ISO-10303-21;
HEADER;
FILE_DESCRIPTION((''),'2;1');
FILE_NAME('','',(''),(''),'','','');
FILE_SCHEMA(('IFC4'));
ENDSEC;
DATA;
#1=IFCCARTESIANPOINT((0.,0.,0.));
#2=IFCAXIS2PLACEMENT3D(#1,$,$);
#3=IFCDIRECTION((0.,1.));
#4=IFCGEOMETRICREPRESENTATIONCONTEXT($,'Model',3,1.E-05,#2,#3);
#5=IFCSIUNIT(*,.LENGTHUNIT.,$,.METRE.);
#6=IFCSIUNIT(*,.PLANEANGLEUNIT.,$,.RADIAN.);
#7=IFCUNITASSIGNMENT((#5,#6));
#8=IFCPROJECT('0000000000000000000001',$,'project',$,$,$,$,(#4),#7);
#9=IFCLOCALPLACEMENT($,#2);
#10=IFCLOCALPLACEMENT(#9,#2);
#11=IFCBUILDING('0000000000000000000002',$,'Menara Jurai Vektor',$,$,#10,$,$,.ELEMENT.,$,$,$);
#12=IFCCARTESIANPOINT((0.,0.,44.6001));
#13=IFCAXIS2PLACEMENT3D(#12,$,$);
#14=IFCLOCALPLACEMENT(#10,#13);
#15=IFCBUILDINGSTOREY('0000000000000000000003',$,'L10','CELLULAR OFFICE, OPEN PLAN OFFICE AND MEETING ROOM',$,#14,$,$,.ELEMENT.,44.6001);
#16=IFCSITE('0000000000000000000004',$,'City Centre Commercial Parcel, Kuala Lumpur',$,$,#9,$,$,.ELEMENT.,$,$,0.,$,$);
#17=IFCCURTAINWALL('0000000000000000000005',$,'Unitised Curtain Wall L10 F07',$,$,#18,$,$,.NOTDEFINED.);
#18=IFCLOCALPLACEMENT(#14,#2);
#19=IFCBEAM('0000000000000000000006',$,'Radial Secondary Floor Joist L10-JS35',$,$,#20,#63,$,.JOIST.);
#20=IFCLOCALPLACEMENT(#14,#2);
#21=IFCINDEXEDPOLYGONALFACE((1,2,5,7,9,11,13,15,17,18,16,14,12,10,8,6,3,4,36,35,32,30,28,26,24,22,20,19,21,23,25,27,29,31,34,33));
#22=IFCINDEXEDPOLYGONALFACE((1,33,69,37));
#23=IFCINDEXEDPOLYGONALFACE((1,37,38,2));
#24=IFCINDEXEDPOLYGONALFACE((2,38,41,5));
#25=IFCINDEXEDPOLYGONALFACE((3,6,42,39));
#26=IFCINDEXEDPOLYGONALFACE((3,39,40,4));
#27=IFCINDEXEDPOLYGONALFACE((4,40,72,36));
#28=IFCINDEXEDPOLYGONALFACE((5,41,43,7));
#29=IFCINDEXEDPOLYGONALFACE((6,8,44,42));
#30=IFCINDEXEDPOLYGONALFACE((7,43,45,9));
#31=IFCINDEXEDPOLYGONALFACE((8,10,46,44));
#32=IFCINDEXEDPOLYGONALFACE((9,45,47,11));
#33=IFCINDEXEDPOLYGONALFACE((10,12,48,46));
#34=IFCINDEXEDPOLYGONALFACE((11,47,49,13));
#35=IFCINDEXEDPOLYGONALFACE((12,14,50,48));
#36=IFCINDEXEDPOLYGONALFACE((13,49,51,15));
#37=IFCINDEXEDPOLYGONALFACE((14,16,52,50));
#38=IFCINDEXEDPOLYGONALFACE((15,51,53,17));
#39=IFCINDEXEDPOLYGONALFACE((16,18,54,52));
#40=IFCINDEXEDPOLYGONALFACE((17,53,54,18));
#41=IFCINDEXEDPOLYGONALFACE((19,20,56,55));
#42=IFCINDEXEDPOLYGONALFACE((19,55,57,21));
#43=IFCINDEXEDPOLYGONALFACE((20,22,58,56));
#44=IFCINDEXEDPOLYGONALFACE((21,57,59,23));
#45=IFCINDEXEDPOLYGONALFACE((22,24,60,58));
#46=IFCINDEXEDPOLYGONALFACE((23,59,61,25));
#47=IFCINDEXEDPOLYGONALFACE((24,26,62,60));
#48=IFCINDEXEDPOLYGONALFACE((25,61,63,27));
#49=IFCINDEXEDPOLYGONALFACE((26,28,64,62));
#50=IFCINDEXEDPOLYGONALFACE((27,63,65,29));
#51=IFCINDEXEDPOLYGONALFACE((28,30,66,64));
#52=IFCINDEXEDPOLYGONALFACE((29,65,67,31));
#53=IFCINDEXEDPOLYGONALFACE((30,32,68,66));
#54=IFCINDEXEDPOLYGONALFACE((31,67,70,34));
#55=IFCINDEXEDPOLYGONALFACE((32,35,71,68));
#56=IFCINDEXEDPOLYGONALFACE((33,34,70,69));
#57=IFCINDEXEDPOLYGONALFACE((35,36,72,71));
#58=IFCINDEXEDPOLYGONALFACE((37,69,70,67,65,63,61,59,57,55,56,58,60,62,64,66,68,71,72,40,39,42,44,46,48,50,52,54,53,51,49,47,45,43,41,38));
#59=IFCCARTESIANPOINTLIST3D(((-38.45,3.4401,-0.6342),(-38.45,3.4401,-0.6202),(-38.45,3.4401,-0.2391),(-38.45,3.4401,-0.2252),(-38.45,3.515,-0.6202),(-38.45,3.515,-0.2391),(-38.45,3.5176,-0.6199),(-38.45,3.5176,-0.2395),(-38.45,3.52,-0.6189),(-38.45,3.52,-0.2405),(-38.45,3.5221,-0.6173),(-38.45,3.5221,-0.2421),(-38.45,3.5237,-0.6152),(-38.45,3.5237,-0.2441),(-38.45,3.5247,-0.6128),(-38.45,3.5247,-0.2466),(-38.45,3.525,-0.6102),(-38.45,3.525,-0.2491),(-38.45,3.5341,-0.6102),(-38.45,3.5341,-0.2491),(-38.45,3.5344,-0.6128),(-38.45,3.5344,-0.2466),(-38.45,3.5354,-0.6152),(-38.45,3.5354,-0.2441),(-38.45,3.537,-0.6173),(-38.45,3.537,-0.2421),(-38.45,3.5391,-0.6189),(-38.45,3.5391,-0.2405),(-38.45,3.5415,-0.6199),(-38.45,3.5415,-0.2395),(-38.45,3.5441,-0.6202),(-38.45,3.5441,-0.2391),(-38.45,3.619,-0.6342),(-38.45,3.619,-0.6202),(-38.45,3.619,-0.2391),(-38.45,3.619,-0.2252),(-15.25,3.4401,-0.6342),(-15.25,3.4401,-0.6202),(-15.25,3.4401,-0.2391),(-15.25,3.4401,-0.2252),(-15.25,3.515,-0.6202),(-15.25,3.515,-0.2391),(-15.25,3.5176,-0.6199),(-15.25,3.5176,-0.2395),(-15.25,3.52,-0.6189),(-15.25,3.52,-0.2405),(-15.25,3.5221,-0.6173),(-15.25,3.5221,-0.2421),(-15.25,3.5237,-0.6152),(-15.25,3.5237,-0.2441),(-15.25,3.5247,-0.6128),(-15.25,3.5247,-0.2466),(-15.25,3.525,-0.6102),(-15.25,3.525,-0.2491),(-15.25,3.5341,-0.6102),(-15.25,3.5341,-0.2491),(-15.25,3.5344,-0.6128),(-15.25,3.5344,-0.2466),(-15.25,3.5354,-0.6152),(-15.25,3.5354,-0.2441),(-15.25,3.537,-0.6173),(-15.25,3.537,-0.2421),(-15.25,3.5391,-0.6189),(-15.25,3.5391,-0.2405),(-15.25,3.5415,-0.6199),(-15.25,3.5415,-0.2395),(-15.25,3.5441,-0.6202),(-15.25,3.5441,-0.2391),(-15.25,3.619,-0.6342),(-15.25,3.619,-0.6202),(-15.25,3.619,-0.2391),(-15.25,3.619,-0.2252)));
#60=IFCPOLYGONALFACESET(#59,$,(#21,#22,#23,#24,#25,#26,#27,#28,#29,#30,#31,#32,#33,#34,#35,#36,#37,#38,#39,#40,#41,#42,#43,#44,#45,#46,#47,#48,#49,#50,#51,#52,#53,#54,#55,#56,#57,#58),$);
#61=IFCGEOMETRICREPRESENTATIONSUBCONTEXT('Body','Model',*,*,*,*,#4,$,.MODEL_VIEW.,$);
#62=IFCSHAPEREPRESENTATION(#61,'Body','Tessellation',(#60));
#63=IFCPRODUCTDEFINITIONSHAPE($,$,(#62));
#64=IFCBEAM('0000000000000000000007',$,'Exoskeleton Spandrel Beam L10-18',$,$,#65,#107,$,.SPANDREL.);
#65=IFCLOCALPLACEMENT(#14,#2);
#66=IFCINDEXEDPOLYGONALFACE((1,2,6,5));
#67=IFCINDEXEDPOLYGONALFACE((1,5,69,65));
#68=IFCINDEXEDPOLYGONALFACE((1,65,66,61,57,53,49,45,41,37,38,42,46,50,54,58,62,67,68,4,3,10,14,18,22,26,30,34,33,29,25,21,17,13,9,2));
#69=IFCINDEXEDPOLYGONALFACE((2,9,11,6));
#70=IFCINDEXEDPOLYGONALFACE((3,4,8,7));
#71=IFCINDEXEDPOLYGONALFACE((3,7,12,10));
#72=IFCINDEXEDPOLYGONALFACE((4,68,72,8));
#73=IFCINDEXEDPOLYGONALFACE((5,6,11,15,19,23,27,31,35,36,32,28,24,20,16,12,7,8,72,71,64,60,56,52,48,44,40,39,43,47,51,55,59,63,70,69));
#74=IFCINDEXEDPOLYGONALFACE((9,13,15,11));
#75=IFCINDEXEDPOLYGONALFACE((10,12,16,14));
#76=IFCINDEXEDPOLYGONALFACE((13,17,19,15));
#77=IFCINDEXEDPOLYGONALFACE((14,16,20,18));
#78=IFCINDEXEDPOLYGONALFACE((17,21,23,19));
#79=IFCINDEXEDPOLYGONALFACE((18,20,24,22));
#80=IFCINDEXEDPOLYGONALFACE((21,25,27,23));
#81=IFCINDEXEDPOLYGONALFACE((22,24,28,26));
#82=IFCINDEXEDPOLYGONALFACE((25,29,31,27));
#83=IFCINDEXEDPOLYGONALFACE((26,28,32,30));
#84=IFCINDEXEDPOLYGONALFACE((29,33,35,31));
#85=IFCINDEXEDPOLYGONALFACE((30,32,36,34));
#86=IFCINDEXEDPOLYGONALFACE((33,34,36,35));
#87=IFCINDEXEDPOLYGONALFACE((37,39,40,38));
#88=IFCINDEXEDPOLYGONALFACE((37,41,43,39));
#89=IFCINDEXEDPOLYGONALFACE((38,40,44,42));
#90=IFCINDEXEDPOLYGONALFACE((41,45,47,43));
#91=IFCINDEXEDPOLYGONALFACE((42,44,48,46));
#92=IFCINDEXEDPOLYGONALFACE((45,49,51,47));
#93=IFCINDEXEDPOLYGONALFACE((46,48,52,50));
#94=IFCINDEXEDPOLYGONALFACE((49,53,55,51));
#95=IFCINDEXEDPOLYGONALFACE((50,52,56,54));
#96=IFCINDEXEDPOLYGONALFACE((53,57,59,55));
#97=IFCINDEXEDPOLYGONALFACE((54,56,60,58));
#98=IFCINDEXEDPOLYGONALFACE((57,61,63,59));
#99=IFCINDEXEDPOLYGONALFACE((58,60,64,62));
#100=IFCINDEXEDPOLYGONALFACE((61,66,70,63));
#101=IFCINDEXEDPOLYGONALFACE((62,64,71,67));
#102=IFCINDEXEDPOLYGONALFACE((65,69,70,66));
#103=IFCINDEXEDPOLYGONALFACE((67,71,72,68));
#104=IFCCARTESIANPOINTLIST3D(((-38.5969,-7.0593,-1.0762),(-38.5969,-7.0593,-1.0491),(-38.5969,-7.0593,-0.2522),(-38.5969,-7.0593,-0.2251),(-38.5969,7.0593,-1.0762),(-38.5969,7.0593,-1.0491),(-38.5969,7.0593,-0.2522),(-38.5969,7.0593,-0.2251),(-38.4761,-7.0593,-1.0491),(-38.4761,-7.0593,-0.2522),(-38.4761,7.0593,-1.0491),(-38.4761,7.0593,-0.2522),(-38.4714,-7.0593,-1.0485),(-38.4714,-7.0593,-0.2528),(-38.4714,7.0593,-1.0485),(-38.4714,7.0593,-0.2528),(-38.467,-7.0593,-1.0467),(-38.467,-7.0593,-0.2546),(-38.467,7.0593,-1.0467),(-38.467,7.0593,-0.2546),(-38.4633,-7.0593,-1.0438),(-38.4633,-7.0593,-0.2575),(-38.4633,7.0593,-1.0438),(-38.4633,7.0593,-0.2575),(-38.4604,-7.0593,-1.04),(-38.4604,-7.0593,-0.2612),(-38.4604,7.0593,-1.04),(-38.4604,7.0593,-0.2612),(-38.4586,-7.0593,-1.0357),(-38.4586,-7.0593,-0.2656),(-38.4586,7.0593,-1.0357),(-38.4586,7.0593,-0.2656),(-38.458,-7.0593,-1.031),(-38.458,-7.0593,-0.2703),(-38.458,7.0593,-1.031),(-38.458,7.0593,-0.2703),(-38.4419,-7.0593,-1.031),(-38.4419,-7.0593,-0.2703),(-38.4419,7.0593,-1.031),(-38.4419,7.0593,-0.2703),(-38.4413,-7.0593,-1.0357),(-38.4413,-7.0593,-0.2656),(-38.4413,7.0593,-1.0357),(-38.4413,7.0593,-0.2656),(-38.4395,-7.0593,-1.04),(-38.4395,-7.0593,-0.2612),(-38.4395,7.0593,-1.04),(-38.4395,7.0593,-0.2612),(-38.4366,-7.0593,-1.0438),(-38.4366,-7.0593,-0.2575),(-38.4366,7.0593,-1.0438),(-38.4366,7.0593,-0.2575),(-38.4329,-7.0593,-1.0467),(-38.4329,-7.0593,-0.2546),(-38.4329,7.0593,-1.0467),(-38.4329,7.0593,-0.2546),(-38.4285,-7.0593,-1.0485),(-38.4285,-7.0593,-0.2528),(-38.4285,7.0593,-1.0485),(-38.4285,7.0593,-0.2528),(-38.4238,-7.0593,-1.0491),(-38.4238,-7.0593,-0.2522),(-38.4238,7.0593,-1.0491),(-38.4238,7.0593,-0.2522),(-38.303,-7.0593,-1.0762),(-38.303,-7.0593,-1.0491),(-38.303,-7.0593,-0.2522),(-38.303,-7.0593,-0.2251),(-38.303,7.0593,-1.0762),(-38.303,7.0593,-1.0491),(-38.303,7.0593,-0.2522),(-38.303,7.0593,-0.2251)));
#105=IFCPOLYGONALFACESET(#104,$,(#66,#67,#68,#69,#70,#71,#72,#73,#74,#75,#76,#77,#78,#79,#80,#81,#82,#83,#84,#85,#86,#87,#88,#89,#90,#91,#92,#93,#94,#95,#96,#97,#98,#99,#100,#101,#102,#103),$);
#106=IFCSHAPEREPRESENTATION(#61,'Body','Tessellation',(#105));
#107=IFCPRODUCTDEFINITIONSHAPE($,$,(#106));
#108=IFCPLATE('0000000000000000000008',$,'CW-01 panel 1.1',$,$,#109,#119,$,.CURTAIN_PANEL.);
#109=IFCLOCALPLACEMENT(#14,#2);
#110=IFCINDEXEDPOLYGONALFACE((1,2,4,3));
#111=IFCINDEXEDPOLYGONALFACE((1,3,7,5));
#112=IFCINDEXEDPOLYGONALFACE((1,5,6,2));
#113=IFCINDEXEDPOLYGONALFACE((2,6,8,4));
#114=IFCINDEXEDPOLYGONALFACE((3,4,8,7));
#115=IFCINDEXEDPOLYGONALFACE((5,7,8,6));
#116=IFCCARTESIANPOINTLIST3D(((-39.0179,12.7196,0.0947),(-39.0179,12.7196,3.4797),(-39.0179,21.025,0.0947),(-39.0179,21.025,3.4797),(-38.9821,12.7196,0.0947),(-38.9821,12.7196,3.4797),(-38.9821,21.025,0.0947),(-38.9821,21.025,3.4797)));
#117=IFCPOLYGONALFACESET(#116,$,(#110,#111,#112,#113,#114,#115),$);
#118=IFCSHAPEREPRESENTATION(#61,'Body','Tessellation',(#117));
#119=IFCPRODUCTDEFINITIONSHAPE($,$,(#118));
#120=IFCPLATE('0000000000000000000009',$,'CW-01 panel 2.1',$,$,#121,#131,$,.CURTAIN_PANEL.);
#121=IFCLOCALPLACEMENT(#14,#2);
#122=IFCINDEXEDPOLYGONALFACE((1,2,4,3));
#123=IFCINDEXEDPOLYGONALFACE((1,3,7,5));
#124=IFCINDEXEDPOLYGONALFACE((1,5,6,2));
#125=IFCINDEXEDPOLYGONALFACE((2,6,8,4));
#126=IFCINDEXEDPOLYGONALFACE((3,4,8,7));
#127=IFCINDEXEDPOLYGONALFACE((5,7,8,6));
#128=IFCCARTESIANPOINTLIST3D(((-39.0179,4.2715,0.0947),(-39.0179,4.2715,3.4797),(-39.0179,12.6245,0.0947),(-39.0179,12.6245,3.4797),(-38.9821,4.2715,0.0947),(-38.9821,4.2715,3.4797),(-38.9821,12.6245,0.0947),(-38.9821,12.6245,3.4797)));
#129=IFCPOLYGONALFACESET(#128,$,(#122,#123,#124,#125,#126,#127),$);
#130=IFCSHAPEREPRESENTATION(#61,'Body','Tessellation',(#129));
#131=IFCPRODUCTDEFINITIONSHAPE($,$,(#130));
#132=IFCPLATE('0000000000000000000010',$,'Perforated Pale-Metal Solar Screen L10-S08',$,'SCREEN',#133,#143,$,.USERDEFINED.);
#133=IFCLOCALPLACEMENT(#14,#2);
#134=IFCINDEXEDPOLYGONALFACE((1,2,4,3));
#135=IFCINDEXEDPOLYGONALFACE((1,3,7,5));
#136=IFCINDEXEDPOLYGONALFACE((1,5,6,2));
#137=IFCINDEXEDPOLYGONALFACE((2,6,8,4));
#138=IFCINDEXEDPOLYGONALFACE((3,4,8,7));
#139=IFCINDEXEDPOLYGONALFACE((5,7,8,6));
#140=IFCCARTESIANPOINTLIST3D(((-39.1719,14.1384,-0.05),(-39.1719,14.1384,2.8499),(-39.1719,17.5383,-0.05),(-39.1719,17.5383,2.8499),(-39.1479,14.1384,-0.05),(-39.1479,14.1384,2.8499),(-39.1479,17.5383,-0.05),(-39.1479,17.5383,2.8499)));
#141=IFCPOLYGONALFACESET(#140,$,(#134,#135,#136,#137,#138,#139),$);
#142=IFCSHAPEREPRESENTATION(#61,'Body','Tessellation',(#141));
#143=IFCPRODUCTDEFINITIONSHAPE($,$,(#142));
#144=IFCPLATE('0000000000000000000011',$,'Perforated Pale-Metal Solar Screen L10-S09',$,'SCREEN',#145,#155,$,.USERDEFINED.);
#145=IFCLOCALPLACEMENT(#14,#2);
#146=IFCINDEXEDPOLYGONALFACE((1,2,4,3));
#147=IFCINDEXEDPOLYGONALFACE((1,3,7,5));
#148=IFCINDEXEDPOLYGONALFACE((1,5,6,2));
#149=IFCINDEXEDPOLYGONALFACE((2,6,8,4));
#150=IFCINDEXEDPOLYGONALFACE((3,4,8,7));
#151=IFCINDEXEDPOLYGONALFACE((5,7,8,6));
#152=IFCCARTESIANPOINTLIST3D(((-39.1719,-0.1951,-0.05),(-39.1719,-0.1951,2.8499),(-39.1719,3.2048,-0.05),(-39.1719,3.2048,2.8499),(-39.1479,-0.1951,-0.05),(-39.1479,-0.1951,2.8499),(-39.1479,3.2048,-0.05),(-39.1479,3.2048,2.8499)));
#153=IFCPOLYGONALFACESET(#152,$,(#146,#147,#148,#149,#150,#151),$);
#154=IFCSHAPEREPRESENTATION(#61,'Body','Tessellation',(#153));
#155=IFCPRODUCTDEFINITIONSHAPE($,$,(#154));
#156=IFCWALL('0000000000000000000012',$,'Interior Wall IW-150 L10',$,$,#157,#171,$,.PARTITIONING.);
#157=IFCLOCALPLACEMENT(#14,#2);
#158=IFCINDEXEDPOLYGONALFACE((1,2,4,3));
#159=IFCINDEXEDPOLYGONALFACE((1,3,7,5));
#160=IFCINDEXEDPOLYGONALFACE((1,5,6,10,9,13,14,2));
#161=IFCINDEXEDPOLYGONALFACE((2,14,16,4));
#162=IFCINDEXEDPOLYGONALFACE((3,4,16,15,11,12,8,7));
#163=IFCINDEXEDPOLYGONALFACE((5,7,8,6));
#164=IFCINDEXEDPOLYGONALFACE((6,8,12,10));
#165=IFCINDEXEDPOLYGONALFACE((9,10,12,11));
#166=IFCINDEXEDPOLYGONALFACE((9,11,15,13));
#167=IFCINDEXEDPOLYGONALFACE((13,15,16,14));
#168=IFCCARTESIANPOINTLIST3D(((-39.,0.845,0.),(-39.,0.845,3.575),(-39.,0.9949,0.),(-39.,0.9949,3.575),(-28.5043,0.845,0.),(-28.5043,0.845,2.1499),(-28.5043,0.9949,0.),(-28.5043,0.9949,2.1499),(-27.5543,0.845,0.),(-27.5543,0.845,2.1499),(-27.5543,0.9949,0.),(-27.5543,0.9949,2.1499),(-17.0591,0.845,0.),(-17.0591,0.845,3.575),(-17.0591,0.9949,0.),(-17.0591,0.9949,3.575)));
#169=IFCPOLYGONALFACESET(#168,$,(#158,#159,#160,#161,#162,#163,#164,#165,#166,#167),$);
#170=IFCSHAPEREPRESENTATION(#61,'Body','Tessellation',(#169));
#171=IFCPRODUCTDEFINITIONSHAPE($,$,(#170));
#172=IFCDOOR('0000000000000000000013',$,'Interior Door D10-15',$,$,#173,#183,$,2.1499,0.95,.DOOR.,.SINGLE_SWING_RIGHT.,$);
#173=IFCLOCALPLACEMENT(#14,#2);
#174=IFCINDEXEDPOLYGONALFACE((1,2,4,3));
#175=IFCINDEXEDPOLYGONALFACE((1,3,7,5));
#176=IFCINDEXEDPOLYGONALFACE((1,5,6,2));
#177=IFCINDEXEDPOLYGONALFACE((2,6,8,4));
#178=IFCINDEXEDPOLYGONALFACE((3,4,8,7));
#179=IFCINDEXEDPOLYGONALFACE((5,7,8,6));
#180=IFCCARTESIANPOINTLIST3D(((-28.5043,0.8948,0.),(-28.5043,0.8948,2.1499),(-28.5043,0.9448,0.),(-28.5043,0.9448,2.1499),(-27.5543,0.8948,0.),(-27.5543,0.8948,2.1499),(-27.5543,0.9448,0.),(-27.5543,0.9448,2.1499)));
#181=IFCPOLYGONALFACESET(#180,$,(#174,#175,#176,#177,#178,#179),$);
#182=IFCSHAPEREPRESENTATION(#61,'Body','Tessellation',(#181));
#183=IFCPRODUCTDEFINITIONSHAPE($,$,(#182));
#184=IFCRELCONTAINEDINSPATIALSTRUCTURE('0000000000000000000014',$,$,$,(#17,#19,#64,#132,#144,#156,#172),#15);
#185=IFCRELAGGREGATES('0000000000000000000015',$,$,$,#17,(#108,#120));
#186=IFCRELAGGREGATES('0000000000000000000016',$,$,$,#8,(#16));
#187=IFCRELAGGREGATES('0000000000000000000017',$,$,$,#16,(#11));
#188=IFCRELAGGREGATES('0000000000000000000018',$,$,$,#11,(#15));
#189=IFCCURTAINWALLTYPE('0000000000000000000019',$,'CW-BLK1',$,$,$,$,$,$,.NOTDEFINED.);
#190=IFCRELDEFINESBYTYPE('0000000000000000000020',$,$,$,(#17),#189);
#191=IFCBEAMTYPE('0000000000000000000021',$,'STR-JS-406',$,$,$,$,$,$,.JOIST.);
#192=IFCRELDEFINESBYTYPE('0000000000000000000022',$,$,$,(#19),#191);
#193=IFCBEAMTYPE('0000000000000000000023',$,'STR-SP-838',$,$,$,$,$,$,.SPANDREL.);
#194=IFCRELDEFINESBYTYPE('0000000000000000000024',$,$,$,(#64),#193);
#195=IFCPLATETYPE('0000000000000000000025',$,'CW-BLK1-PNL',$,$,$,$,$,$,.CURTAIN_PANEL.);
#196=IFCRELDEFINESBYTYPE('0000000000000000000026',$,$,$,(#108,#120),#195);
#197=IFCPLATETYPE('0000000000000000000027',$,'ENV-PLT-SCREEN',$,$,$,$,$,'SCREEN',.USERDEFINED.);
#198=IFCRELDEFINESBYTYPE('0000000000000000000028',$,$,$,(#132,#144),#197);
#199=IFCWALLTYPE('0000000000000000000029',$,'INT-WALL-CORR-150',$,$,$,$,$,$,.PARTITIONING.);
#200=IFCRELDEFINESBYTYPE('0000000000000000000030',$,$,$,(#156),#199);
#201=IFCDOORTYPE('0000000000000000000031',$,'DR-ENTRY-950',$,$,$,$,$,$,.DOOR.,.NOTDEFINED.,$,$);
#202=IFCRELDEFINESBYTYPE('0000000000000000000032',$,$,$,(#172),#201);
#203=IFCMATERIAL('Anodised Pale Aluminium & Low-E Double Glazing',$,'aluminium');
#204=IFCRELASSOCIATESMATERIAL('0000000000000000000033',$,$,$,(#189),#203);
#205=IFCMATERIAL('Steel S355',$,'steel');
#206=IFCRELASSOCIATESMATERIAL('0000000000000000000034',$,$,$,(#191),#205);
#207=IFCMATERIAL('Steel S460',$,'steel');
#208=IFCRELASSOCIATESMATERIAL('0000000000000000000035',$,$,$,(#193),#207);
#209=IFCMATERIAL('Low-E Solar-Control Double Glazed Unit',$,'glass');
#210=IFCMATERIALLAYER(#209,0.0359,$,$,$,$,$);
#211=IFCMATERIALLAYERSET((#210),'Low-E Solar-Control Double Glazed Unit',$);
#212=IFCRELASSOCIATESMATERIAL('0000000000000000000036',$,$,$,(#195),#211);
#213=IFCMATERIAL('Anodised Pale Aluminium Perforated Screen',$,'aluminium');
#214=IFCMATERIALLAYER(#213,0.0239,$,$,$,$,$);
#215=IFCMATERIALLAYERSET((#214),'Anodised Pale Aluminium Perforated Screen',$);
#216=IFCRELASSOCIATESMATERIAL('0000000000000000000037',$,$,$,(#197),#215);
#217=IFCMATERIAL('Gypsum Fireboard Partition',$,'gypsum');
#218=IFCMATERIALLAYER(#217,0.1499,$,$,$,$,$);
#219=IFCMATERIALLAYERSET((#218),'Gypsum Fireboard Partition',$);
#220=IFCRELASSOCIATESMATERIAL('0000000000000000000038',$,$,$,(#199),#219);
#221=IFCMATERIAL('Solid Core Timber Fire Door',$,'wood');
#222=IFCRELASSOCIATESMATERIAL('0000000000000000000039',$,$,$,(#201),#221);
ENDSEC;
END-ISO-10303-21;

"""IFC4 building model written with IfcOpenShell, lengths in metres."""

from ifc_helpers import new_model, si_unit, direction, frame, frame_2d, origin, origin_2d, place, context, subcontext, project, spatial, rectangle, i_section, extrude, material, layer, layer_set, material_profile, profile_set, type_object, element, fill, aggregate, save


model = new_model("IFC4")

# Units and contexts
model_context = context("Model", 3, precision=1e-05, world=origin(), true_north=direction((0.0, 1.0)))
body_context = subcontext(model_context, "Body", "Model", "MODEL_VIEW")
ifc_project = project(units=[si_unit("LENGTHUNIT", "METRE"), si_unit("PLANEANGLEUNIT", "RADIAN")], contexts=[model_context])

# Site, building, storey
site_placement = place(None, origin())
site = spatial("IfcSite", under=ifc_project, at=site_placement, Name="City Centre Commercial Parcel, Kuala Lumpur", CompositionType="ELEMENT", RefElevation=0.0)
building_placement = place(site_placement, origin())
building = spatial("IfcBuilding", under=site, at=building_placement, Name="Menara Jurai Vektor", CompositionType="ELEMENT")
storey_placement = place(building_placement, frame((0.0, 0.0, 44.6001)))
storey = spatial("IfcBuildingStorey", under=building, at=storey_placement, Name="L10", Description="CELLULAR OFFICE, OPEN PLAN OFFICE AND MEETING ROOM", CompositionType="ELEMENT", Elevation=44.6001)

# Shared definitions
ifc_material_1 = material(Name="Steel S460", Category="steel")

# Curtain wall
ifc_material_2 = material(Name="Anodised Pale Aluminium & Low-E Double Glazing", Category="aluminium")
curtain_wall_type = type_object("IfcCurtainWallType", Name="CW-BLK1", PredefinedType="NOTDEFINED", material=ifc_material_2)
curtain_wall_placement = place(storey_placement, origin())
curtain_wall = element("IfcCurtainWall", 1, at=curtain_wall_placement, inside=storey, type_object=curtain_wall_type, Name="Unitised Curtain Wall L10 F07", PredefinedType="NOTDEFINED")

# Beams
ifc_material_3 = material(Name="Steel S355", Category="steel")
ifc_material_profile_1 = material_profile(ifc_material_3, i_section(OverallWidth=0.179, OverallDepth=0.4089, WebThickness=0.009, FlangeThickness=0.0139, FilletRadius=0.01, at=origin_2d()), Name="UKB 406x178x67")
ifc_profile_set_1 = profile_set([ifc_material_profile_1], Name="Steel S355")
beam_type_1 = type_object("IfcBeamType", Name="STR-JS-406", PredefinedType="JOIST", material=ifc_profile_set_1)
beam_1_placement = place(storey_placement, frame((-38.45, 3.5295, -0.4297), z_axis=(1.0, 0.0, 0.0), x_axis=(0.0, 1.0, 0.0)))
element("IfcBeam", 2, at=beam_1_placement, inside=storey, type_object=beam_type_1, Name="Radial Secondary Floor Joist L10-JS35", PredefinedType="JOIST", context=body_context, shape_type="SweptSolid", body=[
    extrude(i_section(OverallWidth=0.179, OverallDepth=0.4089, WebThickness=0.009, FlangeThickness=0.0139, FilletRadius=0.01, at=origin_2d()), origin(), (0.0, 0.0, 1.0), 23.2),
])
ifc_material_profile_2 = material_profile(ifc_material_1, i_section(OverallWidth=0.2939, OverallDepth=0.8511, WebThickness=0.0161, FlangeThickness=0.0271, FilletRadius=0.0181, at=origin_2d()), Name="UKB 838x292x226")
ifc_profile_set_2 = profile_set([ifc_material_profile_2], Name="Steel S460")
beam_type_2 = type_object("IfcBeamType", Name="STR-SP-838", PredefinedType="SPANDREL", material=ifc_profile_set_2)
beam_2_placement = place(storey_placement, frame((-38.45, 7.0593, -0.6506), z_axis=(0.0, -1.0, 0.0), x_axis=(1.0, 0.0, 0.0)))
element("IfcBeam", 3, at=beam_2_placement, inside=storey, type_object=beam_type_2, Name="Exoskeleton Spandrel Beam L10-18", PredefinedType="SPANDREL", context=body_context, shape_type="SweptSolid", body=[
    extrude(i_section(OverallWidth=0.2939, OverallDepth=0.8511, WebThickness=0.0161, FlangeThickness=0.0271, FilletRadius=0.0181, at=origin_2d()), origin(), (0.0, 0.0, 1.0), 14.1187),
])

# Plates
ifc_material_4 = material(Name="Low-E Solar-Control Double Glazed Unit", Category="glass")
ifc_layer_1 = layer(ifc_material_4, 0.0359)
ifc_layer_set_1 = layer_set([ifc_layer_1], Name="Low-E Solar-Control Double Glazed Unit")
plate_type_1 = type_object("IfcPlateType", Name="CW-BLK1-PNL", PredefinedType="CURTAIN_PANEL", material=ifc_layer_set_1)
plate_1_placement = place(storey_placement, frame((-39.0, 16.8723, 0.0947), z_axis=(0.0, 0.0, 1.0), x_axis=(0.0, -1.0, 0.0)))
plate_1 = element("IfcPlate", 4, at=plate_1_placement, type_object=plate_type_1, Name="CW-01 panel 1.1", PredefinedType="CURTAIN_PANEL", context=body_context, shape_type="SweptSolid", body=[
    extrude(rectangle(XDim=8.3054, YDim=0.0359, at=origin_2d()), origin(), (0.0, 0.0, 1.0), 3.385),
])
plate_2_placement = place(storey_placement, frame((-39.0, 8.448, 0.0947), z_axis=(0.0, 0.0, 1.0), x_axis=(0.0, -1.0, 0.0)))
plate_2 = element("IfcPlate", 5, at=plate_2_placement, type_object=plate_type_1, Name="CW-01 panel 2.1", PredefinedType="CURTAIN_PANEL", context=body_context, shape_type="SweptSolid", body=[
    extrude(rectangle(XDim=8.353, YDim=0.0359, at=origin_2d()), origin(), (0.0, 0.0, 1.0), 3.385),
])
aggregate(curtain_wall, [plate_1, plate_2])

# Plates
ifc_material_5 = material(Name="Anodised Pale Aluminium Perforated Screen", Category="aluminium")
ifc_layer_2 = layer(ifc_material_5, 0.0239)
ifc_layer_set_2 = layer_set([ifc_layer_2], Name="Anodised Pale Aluminium Perforated Screen")
plate_type_2 = type_object("IfcPlateType", Name="ENV-PLT-SCREEN", ElementType="SCREEN", PredefinedType="USERDEFINED", material=ifc_layer_set_2)
for number, where, z_axis, x_axis, name in (
    (6, (-39.1599, 15.8384, -0.05), (0.0, 0.0, 1.0), (0.0, -1.0, 0.0), "Perforated Pale-Metal Solar Screen L10-S08"),
    (7, (-39.1599, 1.5049, -0.05), (0.0, 0.0, 1.0), (0.0, -1.0, 0.0), "Perforated Pale-Metal Solar Screen L10-S09"),
):
    element("IfcPlate", number, at=place(storey_placement, frame(where, z_axis=z_axis, x_axis=x_axis)), inside=storey, type_object=plate_type_2, Name=name, ObjectType="SCREEN", PredefinedType="USERDEFINED", context=body_context, shape_type="SweptSolid", body=[
        extrude(rectangle(XDim=3.3999, YDim=0.0239, at=origin_2d()), origin(), (0.0, 0.0, 1.0), 2.8999),
    ])

# Wall, opening, door
ifc_material_6 = material(Name="Gypsum Fireboard Partition", Category="gypsum")
ifc_layer_3 = layer(ifc_material_6, 0.1499)
ifc_layer_set_3 = layer_set([ifc_layer_3], Name="Gypsum Fireboard Partition")
wall_type_1 = type_object("IfcWallType", Name="INT-WALL-CORR-150", PredefinedType="PARTITIONING", material=ifc_layer_set_3)
wall_1_placement = place(storey_placement, frame((-39.0, 0.9199, 0.0), z_axis=(0.0, 0.0, 1.0), x_axis=(1.0, 0.0, 0.0)))
wall_1 = element("IfcWall", 8, at=wall_1_placement, inside=storey, type_object=wall_type_1, Name="Interior Wall IW-150 L10", PredefinedType="PARTITIONING", context=body_context, shape_type="SweptSolid", body=[
    extrude(rectangle(XDim=21.9409, YDim=0.1499, at=frame_2d((10.9705, 0.0))), origin(), (0.0, 0.0, 1.0), 3.575),
])
opening_1_placement = place(wall_1_placement, frame((10.4956, 0.0, 0.0)))
opening_1 = element("IfcOpeningElement", 9, at=opening_1_placement, cuts=wall_1, PredefinedType="OPENING", context=body_context, shape_type="SweptSolid", body=[
    extrude(rectangle(XDim=0.95, YDim=2.1499, at=frame_2d((0.4751, 1.075))), frame((0.0, 0.085, 0.0), z_axis=(0.0, -1.0, 0.0), x_axis=(1.0, 0.0, 0.0)), (0.0, 0.0, 1.0), 0.1699),
])
ifc_material_7 = material(Name="Solid Core Timber Fire Door", Category="wood")
door_type = type_object("IfcDoorType", Name="DR-ENTRY-950", OperationType="NOTDEFINED", PredefinedType="DOOR", material=ifc_material_7)
door_1_placement = place(opening_1_placement, origin())
door_1 = element("IfcDoor", 10, at=door_1_placement, inside=storey, type_object=door_type, Name="Interior Door D10-15", OperationType="SINGLE_SWING_RIGHT", OverallHeight=2.1499, OverallWidth=0.95, PredefinedType="DOOR", context=body_context, shape_type="SweptSolid", body=[
    extrude(rectangle(XDim=0.95, YDim=2.1499, at=frame_2d((0.4751, 1.075))), frame((0.0, 0.0249, 0.0), z_axis=(0.0, -1.0, 0.0), x_axis=(1.0, 0.0, 0.0)), (0.0, 0.0, 1.0), 0.05),
])
fill(opening_1, door_1)

save(model, "model.ifc")
